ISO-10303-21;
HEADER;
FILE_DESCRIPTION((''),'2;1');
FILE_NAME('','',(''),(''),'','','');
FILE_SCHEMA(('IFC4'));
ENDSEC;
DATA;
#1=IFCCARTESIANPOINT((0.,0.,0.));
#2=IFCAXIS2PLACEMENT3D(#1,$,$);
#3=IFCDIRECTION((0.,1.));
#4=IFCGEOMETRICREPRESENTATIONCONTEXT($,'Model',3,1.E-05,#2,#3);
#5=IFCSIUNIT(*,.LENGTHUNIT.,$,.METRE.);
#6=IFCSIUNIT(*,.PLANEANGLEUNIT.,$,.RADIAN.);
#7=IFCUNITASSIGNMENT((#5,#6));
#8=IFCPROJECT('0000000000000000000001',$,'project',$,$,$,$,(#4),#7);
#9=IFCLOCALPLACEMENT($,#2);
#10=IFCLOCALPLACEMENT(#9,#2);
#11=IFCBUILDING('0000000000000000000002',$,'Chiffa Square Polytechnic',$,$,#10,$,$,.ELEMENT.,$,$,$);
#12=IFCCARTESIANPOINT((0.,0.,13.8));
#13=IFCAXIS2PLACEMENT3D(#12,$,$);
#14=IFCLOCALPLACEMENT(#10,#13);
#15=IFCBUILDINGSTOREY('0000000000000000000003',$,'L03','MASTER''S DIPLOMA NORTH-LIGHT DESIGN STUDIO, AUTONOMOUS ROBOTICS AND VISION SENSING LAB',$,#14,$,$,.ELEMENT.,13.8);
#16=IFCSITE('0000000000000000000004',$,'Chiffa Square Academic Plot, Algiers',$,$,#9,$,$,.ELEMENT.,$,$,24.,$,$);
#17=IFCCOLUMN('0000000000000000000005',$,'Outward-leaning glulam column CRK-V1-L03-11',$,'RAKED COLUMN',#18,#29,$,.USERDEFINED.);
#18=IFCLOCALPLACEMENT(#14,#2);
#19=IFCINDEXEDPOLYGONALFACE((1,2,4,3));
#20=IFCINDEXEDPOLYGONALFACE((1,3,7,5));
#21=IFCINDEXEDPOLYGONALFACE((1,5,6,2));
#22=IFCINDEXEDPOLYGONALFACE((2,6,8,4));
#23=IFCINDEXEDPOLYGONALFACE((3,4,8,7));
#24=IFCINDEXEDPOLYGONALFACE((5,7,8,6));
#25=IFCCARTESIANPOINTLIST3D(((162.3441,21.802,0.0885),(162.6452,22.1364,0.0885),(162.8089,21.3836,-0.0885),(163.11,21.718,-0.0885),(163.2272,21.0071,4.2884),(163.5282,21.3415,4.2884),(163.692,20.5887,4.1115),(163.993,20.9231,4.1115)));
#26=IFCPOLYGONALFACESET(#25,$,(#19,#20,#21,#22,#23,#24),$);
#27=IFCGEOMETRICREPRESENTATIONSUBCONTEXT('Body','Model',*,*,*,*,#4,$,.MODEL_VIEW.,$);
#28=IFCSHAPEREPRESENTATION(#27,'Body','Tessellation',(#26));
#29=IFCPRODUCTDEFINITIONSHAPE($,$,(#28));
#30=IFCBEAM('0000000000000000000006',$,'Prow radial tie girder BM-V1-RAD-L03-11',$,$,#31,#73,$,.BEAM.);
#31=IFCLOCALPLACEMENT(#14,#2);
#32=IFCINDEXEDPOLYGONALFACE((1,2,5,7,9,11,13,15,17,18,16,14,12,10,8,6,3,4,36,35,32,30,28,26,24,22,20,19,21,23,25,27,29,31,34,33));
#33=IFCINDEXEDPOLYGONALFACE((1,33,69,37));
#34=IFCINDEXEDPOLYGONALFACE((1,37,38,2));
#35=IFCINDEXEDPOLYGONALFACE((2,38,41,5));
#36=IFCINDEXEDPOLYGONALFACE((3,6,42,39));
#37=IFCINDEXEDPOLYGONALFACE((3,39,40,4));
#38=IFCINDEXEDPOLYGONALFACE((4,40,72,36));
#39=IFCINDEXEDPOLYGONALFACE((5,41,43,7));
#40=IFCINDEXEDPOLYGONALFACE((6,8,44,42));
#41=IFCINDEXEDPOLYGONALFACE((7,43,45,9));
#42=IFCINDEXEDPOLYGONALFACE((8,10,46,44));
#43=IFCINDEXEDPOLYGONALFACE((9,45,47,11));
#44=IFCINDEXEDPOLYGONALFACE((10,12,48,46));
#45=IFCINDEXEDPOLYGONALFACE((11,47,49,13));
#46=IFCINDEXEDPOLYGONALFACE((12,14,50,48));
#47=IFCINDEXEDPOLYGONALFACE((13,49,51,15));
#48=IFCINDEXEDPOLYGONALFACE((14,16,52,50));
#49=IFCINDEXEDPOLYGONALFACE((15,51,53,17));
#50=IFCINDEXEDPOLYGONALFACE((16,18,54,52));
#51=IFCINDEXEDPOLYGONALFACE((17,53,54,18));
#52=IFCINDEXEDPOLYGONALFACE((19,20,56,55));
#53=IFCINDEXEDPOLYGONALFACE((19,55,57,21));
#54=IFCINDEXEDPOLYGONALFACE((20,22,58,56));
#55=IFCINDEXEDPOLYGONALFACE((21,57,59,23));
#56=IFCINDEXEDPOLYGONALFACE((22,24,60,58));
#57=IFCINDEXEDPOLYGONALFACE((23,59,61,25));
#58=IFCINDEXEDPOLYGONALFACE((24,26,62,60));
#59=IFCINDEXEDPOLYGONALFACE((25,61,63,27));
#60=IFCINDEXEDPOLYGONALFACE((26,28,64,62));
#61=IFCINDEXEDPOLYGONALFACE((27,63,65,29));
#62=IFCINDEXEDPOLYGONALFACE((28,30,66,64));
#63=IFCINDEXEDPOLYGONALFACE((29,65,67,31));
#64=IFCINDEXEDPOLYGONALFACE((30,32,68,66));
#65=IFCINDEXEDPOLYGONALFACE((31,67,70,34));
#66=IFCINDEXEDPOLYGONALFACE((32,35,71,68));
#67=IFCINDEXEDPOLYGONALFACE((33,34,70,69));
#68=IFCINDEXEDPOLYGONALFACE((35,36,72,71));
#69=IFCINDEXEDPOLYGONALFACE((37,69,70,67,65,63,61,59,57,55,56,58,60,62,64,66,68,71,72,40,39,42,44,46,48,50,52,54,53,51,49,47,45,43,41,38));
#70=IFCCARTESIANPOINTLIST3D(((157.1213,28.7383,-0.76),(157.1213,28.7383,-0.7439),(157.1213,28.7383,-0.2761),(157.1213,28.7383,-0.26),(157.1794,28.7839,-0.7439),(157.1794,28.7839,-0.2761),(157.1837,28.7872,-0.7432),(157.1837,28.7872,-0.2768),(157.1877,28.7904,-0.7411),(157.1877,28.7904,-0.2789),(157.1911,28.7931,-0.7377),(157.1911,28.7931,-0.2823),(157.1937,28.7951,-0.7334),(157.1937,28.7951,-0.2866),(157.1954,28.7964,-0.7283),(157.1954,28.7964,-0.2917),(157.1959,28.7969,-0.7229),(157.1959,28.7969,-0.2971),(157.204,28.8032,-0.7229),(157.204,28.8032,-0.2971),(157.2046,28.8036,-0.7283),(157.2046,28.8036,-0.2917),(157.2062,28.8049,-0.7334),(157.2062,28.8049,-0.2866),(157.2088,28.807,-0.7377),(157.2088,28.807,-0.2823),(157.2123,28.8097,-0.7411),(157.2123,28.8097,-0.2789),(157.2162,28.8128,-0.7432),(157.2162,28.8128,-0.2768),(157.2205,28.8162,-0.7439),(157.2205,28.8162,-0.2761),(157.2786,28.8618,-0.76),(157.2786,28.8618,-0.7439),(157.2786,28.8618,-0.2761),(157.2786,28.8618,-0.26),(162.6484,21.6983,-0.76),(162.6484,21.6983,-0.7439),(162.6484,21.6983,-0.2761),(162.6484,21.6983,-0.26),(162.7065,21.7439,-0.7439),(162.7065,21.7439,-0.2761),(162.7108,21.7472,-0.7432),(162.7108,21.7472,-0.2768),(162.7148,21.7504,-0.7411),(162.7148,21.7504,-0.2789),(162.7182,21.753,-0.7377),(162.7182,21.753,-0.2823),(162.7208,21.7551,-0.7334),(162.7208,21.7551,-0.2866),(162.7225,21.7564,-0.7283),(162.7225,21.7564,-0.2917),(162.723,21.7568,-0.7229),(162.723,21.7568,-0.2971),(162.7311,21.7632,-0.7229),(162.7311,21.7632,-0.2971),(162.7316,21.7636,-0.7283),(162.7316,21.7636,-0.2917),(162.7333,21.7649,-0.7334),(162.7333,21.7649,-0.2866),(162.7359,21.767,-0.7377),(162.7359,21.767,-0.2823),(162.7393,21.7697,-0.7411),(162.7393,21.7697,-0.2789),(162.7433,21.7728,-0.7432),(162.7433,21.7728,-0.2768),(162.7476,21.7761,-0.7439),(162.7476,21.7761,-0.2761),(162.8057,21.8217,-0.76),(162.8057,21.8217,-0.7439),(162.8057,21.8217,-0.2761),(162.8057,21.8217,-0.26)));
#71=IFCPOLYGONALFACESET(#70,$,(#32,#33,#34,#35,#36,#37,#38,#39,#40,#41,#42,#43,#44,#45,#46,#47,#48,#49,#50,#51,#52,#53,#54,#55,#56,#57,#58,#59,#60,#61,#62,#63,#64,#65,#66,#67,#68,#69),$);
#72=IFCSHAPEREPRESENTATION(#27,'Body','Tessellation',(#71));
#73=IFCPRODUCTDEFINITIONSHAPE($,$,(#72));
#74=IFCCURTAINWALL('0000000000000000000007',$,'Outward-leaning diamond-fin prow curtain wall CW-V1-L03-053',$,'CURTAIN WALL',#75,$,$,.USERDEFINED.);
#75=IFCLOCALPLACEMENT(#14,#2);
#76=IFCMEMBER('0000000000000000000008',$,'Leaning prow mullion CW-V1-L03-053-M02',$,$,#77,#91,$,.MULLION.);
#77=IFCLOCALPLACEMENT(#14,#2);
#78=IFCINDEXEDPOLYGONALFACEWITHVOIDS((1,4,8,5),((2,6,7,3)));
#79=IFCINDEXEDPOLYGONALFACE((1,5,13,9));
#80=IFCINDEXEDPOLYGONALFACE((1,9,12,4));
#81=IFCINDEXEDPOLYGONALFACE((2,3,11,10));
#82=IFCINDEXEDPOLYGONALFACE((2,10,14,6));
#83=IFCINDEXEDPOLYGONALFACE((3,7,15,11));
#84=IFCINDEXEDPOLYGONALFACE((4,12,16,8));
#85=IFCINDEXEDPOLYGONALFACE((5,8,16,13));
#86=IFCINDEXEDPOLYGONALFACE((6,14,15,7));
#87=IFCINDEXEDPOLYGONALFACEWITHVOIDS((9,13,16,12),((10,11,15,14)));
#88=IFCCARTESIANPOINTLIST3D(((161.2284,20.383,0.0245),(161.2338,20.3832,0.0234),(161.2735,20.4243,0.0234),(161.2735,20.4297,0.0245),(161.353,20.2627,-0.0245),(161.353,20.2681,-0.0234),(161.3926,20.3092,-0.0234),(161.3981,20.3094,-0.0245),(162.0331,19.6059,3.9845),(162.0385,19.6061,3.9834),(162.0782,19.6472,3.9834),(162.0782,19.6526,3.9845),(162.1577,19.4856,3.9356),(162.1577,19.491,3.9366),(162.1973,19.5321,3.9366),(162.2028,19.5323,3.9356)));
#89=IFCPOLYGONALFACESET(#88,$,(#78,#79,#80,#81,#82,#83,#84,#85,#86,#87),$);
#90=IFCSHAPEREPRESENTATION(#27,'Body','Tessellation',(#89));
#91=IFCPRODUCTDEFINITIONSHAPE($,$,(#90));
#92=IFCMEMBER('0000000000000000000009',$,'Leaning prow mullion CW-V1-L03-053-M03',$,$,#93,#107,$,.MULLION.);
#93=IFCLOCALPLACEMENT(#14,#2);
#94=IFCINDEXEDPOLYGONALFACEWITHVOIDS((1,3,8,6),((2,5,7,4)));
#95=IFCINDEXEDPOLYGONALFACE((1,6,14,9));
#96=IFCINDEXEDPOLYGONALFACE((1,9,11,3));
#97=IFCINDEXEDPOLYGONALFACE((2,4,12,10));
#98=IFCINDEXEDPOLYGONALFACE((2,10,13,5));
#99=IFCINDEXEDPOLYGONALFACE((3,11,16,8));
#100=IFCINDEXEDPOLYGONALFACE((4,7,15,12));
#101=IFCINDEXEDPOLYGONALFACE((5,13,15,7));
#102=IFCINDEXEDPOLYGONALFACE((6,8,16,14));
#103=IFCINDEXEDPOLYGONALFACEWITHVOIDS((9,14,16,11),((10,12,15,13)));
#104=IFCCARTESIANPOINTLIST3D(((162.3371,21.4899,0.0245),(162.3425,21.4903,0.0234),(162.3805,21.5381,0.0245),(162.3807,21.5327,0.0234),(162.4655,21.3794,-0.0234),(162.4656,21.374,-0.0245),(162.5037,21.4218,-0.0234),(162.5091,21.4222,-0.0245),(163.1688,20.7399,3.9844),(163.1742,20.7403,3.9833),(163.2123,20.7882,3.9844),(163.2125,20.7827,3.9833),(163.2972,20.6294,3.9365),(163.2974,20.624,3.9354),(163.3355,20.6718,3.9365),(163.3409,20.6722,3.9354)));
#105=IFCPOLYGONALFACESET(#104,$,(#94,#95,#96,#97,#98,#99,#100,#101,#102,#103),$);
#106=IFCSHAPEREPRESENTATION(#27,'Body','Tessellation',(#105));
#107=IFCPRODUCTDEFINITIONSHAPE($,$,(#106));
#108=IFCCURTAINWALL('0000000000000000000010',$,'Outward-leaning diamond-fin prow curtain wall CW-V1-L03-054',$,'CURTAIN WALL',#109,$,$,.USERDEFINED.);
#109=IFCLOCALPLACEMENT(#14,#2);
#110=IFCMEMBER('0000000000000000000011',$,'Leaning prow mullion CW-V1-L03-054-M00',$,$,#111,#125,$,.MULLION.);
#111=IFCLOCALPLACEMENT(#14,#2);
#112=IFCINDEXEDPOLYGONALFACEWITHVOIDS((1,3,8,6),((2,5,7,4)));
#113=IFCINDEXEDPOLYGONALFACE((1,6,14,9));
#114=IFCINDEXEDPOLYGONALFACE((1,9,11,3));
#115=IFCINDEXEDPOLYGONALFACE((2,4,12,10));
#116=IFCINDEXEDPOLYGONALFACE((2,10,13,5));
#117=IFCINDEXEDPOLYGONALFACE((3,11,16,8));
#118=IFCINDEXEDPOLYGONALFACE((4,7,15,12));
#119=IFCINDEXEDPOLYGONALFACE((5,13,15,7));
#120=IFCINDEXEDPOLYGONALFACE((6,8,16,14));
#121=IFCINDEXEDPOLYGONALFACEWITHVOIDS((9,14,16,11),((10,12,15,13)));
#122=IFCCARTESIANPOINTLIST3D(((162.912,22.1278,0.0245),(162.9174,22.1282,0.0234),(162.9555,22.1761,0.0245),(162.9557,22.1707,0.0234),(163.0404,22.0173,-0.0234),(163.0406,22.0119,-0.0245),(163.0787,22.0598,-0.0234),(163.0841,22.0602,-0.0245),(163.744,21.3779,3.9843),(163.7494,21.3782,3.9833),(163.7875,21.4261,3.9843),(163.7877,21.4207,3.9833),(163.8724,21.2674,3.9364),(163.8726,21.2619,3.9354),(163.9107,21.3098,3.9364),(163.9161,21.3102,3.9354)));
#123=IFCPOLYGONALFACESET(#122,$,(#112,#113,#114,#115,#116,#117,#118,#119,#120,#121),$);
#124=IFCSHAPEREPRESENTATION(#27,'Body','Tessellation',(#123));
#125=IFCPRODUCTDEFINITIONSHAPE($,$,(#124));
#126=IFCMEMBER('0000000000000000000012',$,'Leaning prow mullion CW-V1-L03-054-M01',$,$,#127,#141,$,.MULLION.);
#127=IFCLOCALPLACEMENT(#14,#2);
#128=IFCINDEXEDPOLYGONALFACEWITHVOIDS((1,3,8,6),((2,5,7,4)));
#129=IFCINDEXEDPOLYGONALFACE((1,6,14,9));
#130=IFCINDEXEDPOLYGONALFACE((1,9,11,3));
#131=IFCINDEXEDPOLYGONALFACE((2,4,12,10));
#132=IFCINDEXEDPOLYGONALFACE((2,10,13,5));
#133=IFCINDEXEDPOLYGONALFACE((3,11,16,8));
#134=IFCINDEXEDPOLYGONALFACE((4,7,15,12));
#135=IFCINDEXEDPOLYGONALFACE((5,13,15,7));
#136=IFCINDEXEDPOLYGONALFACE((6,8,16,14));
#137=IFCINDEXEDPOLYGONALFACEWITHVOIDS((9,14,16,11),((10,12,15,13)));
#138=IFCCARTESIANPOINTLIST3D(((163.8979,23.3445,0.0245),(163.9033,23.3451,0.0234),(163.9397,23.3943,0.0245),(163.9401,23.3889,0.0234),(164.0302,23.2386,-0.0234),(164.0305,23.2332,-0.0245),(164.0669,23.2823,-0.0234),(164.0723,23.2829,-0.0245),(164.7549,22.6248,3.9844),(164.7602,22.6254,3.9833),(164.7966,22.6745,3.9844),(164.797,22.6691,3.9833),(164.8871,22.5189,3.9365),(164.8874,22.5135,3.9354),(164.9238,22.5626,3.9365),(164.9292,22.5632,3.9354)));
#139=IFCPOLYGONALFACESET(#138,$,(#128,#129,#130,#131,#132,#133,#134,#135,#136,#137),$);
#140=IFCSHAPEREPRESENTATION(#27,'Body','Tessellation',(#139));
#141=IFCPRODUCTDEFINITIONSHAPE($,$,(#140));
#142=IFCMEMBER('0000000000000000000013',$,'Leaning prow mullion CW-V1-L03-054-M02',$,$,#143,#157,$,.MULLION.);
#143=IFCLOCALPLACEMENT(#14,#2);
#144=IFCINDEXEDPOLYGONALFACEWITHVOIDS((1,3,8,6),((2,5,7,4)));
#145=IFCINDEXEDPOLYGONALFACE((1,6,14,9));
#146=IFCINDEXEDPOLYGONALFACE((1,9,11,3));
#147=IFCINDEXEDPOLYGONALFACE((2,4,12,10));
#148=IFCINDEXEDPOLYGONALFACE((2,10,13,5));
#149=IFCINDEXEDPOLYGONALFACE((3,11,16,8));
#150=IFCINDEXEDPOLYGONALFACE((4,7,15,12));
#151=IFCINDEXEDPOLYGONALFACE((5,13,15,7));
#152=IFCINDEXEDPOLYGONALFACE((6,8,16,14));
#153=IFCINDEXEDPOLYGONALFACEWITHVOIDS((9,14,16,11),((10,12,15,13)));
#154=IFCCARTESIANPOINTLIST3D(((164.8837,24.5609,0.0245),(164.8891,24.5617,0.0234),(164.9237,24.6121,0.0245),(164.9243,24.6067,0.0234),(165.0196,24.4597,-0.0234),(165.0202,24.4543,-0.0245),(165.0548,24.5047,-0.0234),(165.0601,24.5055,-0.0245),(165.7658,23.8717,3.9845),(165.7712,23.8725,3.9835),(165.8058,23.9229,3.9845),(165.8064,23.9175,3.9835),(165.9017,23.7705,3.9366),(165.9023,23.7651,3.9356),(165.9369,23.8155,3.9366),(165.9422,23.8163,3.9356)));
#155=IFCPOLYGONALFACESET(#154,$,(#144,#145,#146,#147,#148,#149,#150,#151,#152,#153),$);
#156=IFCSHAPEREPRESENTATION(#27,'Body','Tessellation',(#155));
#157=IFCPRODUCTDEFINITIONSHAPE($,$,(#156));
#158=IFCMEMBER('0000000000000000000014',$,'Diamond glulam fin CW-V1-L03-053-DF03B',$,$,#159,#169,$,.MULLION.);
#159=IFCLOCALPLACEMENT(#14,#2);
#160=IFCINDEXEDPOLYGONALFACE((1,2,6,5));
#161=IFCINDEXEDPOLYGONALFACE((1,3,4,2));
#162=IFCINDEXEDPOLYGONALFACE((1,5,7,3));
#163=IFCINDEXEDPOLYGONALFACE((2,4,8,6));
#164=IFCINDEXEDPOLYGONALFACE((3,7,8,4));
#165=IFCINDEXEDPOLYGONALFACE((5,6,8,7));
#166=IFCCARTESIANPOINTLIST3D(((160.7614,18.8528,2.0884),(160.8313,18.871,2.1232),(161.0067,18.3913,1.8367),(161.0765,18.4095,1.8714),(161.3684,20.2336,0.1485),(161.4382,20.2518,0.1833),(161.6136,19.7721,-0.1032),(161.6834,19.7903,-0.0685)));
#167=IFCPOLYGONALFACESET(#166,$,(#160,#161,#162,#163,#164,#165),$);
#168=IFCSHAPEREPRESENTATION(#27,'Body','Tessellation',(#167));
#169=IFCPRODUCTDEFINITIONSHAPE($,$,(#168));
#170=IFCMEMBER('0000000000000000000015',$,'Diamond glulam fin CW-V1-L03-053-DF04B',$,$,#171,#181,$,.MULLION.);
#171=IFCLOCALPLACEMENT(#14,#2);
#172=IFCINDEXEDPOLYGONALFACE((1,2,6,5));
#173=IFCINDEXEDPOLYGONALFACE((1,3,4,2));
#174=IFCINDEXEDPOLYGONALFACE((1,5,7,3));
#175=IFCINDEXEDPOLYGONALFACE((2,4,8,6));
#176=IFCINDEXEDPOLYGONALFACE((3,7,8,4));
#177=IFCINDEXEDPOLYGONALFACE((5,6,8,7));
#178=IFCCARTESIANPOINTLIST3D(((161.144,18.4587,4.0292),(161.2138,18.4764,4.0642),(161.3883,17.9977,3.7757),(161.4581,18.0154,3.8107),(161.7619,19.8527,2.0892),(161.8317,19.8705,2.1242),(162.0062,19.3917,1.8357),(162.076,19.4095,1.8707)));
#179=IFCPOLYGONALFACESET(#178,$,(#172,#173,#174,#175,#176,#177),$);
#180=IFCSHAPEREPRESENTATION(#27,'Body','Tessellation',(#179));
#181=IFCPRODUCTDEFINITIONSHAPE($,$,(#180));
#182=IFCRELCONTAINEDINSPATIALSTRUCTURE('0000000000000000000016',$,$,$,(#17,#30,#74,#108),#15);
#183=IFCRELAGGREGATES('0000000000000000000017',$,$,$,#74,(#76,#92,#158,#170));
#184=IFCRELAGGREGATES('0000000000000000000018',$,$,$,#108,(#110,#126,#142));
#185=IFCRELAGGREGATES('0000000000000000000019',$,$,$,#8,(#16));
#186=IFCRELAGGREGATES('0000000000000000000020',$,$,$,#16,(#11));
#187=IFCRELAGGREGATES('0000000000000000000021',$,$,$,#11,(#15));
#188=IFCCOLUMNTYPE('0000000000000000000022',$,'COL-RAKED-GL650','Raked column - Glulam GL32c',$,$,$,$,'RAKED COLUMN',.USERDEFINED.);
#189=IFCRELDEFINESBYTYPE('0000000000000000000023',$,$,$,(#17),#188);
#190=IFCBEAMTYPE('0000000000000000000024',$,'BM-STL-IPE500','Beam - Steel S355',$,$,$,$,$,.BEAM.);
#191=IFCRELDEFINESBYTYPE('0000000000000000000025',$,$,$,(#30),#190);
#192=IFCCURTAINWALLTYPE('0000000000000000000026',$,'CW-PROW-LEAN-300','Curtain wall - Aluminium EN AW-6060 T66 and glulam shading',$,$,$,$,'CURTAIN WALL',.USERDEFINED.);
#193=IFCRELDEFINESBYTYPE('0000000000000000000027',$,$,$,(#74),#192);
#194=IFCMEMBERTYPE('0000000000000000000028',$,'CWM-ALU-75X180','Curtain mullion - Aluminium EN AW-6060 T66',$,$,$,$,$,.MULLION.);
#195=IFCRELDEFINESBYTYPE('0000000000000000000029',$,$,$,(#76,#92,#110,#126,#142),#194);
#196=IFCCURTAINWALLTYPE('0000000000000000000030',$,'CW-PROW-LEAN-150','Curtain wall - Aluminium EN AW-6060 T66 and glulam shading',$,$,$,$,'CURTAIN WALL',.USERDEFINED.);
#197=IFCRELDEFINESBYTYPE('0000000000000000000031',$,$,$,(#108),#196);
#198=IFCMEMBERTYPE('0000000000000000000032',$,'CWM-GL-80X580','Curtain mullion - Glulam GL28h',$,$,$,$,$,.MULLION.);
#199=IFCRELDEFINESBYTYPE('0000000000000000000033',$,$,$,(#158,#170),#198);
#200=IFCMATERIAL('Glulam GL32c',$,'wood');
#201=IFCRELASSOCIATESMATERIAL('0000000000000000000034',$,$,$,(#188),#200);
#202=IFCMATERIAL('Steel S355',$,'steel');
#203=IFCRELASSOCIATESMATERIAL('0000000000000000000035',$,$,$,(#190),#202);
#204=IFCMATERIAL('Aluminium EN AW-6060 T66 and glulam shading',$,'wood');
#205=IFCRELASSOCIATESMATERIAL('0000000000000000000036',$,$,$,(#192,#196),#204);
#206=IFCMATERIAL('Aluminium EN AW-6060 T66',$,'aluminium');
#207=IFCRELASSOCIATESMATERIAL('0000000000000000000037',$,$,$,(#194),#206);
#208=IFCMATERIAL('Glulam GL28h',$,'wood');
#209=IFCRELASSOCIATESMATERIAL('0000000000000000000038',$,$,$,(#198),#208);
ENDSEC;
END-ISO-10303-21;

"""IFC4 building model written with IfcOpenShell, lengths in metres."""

from ifc_helpers import new_model, si_unit, direction, frame, origin, origin_2d, place, context, subcontext, project, spatial, rectangle, hollow_rectangle, i_section, extrude, material, material_profile, profile_set, type_object, element, aggregate, save


model = new_model("IFC4")

# Units and contexts
model_context = context("Model", 3, precision=1e-05, world=origin(), true_north=direction((0.0, 1.0)))
body_context = subcontext(model_context, "Body", "Model", "MODEL_VIEW")
ifc_project = project(units=[si_unit("LENGTHUNIT", "METRE"), si_unit("PLANEANGLEUNIT", "RADIAN")], contexts=[model_context])

# Site, building, storey
site_placement = place(None, origin())
site = spatial("IfcSite", under=ifc_project, at=site_placement, Name="Chiffa Square Academic Plot, Algiers", CompositionType="ELEMENT", RefElevation=24.0)
building_placement = place(site_placement, origin())
building = spatial("IfcBuilding", under=site, at=building_placement, Name="Chiffa Square Polytechnic", CompositionType="ELEMENT")
storey_placement = place(building_placement, frame((0.0, 0.0, 13.8)))
storey = spatial("IfcBuildingStorey", under=building, at=storey_placement, Name="L03", Description="MASTER'S DIPLOMA NORTH-LIGHT DESIGN STUDIO, AUTONOMOUS ROBOTICS AND VISION SENSING LAB", CompositionType="ELEMENT", Elevation=13.8)

# Column
ifc_material_1 = material(Name="Glulam GL32c", Category="wood")
ifc_material_profile_1 = material_profile(ifc_material_1, rectangle(XDim=0.45, YDim=0.6499, at=origin_2d()), Name="GL32c 450x650")
ifc_profile_set_1 = profile_set([ifc_material_profile_1], Name="Glulam GL32c")
column_type = type_object("IfcColumnType", Name="COL-RAKED-GL650", Description="Raked column - Glulam GL32c", ElementType="RAKED COLUMN", PredefinedType="USERDEFINED", material=ifc_profile_set_1)
column_placement = place(storey_placement, frame((162.7271, 21.76, 0.0), z_axis=(0.202314, -0.182122, 0.962237), x_axis=(0.669044, 0.743223, 0.0)))
element("IfcColumn", 1, at=column_placement, inside=storey, type_object=column_type, Name="Outward-leaning glulam column CRK-V1-L03-11", ObjectType="RAKED COLUMN", PredefinedType="USERDEFINED", context=body_context, shape_type="SweptSolid", body=[
    extrude(rectangle(XDim=0.45, YDim=0.6499, at=origin_2d()), origin(), (0.0, 0.0, 1.0), 4.3647),
])

# Beam
ifc_material_2 = material(Name="Steel S355", Category="steel")
ifc_material_profile_2 = material_profile(ifc_material_2, i_section(OverallWidth=0.2, OverallDepth=0.5, WebThickness=0.0103, FlangeThickness=0.0161, FilletRadius=0.021, at=origin_2d()), Name="IPE 500")
ifc_profile_set_2 = profile_set([ifc_material_profile_2], Name="Steel S355")
beam_type_1 = type_object("IfcBeamType", Name="BM-STL-IPE500", Description="Beam - Steel S355", PredefinedType="BEAM", material=ifc_profile_set_2)
beam_1_placement = place(storey_placement, frame((162.7271, 21.76, -0.51), z_axis=(-0.61752, 0.786555, 0.0), x_axis=(-0.786555, -0.61752, 0.0)))
element("IfcBeam", 2, at=beam_1_placement, inside=storey, type_object=beam_type_1, Name="Prow radial tie girder BM-V1-RAD-L03-11", PredefinedType="BEAM", context=body_context, shape_type="SweptSolid", body=[
    extrude(i_section(OverallWidth=0.2, OverallDepth=0.5, WebThickness=0.0103, FlangeThickness=0.0161, FilletRadius=0.021, at=origin_2d()), origin(), (0.0, 0.0, 1.0), 8.9504),
])

# Curtain walls, members
ifc_material_3 = material(Name="Aluminium EN AW-6060 T66 and glulam shading", Category="wood")
curtain_wall_type_1 = type_object("IfcCurtainWallType", Name="CW-PROW-LEAN-300", Description="Curtain wall - Aluminium EN AW-6060 T66 and glulam shading", ElementType="CURTAIN WALL", PredefinedType="USERDEFINED", material=ifc_material_3)
curtain_wall_1_placement = place(storey_placement, origin())
curtain_wall_1 = element("IfcCurtainWall", 3, at=curtain_wall_1_placement, inside=storey, type_object=curtain_wall_type_1, Name="Outward-leaning diamond-fin prow curtain wall CW-V1-L03-053", ObjectType="CURTAIN WALL", PredefinedType="USERDEFINED")
ifc_material_4 = material(Name="Aluminium EN AW-6060 T66", Category="aluminium")
ifc_material_profile_3 = material_profile(ifc_material_4, hollow_rectangle(XDim=0.0649, YDim=0.1799, WallThickness=0.0039, at=origin_2d()), Name="ALU 65x180x4")
ifc_profile_set_3 = profile_set([ifc_material_profile_3], Name="Aluminium EN AW-6060 T66")
member_type_1 = type_object("IfcMemberType", Name="CWM-ALU-75X180", Description="Curtain mullion - Aluminium EN AW-6060 T66", PredefinedType="MULLION", material=ifc_profile_set_3)
member_1_placement = place(storey_placement, frame((161.3132, 20.3462, 0.0), z_axis=(0.195553, -0.188849, 0.962338), x_axis=(0.694669, 0.71933, 0.0)))
member_1 = element("IfcMember", 4, at=member_1_placement, type_object=member_type_1, Name="Leaning prow mullion CW-V1-L03-053-M02", PredefinedType="MULLION", context=body_context, shape_type="SweptSolid", body=[
    extrude(hollow_rectangle(XDim=0.0649, YDim=0.1799, WallThickness=0.0039, at=origin_2d()), origin(), (0.0, 0.0, 1.0), 4.115),
])
member_2_placement = place(storey_placement, frame((162.4231, 21.4561, 0.0), z_axis=(0.202121, -0.182247, 0.962254), x_axis=(0.669651, 0.742676, 0.0)))
member_2 = element("IfcMember", 5, at=member_2_placement, type_object=member_type_1, Name="Leaning prow mullion CW-V1-L03-053-M03", PredefinedType="MULLION", context=body_context, shape_type="SweptSolid", body=[
    extrude(hollow_rectangle(XDim=0.0649, YDim=0.1799, WallThickness=0.0039, at=origin_2d()), origin(), (0.0, 0.0, 1.0), 4.1152),
])
curtain_wall_type_2 = type_object("IfcCurtainWallType", Name="CW-PROW-LEAN-150", Description="Curtain wall - Aluminium EN AW-6060 T66 and glulam shading", ElementType="CURTAIN WALL", PredefinedType="USERDEFINED", material=ifc_material_3)
curtain_wall_2_placement = place(storey_placement, origin())
curtain_wall_2 = element("IfcCurtainWall", 6, at=curtain_wall_2_placement, inside=storey, type_object=curtain_wall_type_2, Name="Outward-leaning diamond-fin prow curtain wall CW-V1-L03-054", ObjectType="CURTAIN WALL", PredefinedType="USERDEFINED")
member_3_placement = place(storey_placement, frame((162.998, 22.094, 0.0), z_axis=(0.202178, -0.182245, 0.962243), x_axis=(0.669543, 0.742774, 0.0)))
member_3 = element("IfcMember", 7, at=member_3_placement, type_object=member_type_1, Name="Leaning prow mullion CW-V1-L03-054-M00", PredefinedType="MULLION", context=body_context, shape_type="SweptSolid", body=[
    extrude(hollow_rectangle(XDim=0.0649, YDim=0.1799, WallThickness=0.0039, at=origin_2d()), origin(), (0.0, 0.0, 1.0), 4.1152),
])
member_4_placement = place(storey_placement, frame((163.9851, 23.3137, 0.0), z_axis=(0.208244, -0.174901, 0.962312), x_axis=(0.643141, 0.765748, 0.0)))
member_4 = element("IfcMember", 8, at=member_4_placement, type_object=member_type_1, Name="Leaning prow mullion CW-V1-L03-054-M01", PredefinedType="MULLION", context=body_context, shape_type="SweptSolid", body=[
    extrude(hollow_rectangle(XDim=0.0649, YDim=0.1799, WallThickness=0.0039, at=origin_2d()), origin(), (0.0, 0.0, 1.0), 4.115),
])
member_5_placement = place(storey_placement, frame((164.9719, 24.5332, 0.0), z_axis=(0.21435, -0.167481, 0.962291), x_axis=(0.615691, 0.787988, 0.0)))
member_5 = element("IfcMember", 9, at=member_5_placement, type_object=member_type_1, Name="Leaning prow mullion CW-V1-L03-054-M02", PredefinedType="MULLION", context=body_context, shape_type="SweptSolid", body=[
    extrude(hollow_rectangle(XDim=0.0649, YDim=0.1799, WallThickness=0.0039, at=origin_2d()), origin(), (0.0, 0.0, 1.0), 4.1152),
])

# Members
ifc_material_5 = material(Name="Glulam GL28h", Category="wood")
ifc_material_profile_4 = material_profile(ifc_material_5, rectangle(XDim=0.0801, YDim=0.5801, at=origin_2d()), Name="GL28h 80x580")
ifc_profile_set_4 = profile_set([ifc_material_profile_4], Name="Glulam GL28h")
member_type_2 = type_object("IfcMemberType", Name="CWM-GL-80X580", Description="Curtain mullion - Glulam GL28h", PredefinedType="MULLION", material=ifc_profile_set_4)
member_6_placement = place(storey_placement, frame((161.5259, 20.012, 0.04), z_axis=(-0.246988, -0.561933, 0.789448), x_axis=(0.871955, 0.226513, 0.434034)))
member_6 = element("IfcMember", 10, at=member_6_placement, type_object=member_type_2, Name="Diamond glulam fin CW-V1-L03-053-DF03B", PredefinedType="MULLION", context=body_context, shape_type="SweptSolid", body=[
    extrude(rectangle(XDim=0.0801, YDim=0.5801, at=origin_2d()), origin(), (0.0, 0.0, 1.0), 2.4573),
])
member_7_placement = place(storey_placement, frame((161.9189, 19.6311, 1.98), z_axis=(-0.250424, -0.564962, 0.786197), x_axis=(0.871726, 0.221692, 0.436975)))
member_7 = element("IfcMember", 11, at=member_7_placement, type_object=member_type_2, Name="Diamond glulam fin CW-V1-L03-053-DF04B", PredefinedType="MULLION", context=body_context, shape_type="SweptSolid", body=[
    extrude(rectangle(XDim=0.0801, YDim=0.5801, at=origin_2d()), origin(), (0.0, 0.0, 1.0), 2.4675),
])

aggregate(curtain_wall_1, [member_1, member_2, member_6, member_7])
aggregate(curtain_wall_2, [member_3, member_4, member_5])

save(model, "model.ifc")
